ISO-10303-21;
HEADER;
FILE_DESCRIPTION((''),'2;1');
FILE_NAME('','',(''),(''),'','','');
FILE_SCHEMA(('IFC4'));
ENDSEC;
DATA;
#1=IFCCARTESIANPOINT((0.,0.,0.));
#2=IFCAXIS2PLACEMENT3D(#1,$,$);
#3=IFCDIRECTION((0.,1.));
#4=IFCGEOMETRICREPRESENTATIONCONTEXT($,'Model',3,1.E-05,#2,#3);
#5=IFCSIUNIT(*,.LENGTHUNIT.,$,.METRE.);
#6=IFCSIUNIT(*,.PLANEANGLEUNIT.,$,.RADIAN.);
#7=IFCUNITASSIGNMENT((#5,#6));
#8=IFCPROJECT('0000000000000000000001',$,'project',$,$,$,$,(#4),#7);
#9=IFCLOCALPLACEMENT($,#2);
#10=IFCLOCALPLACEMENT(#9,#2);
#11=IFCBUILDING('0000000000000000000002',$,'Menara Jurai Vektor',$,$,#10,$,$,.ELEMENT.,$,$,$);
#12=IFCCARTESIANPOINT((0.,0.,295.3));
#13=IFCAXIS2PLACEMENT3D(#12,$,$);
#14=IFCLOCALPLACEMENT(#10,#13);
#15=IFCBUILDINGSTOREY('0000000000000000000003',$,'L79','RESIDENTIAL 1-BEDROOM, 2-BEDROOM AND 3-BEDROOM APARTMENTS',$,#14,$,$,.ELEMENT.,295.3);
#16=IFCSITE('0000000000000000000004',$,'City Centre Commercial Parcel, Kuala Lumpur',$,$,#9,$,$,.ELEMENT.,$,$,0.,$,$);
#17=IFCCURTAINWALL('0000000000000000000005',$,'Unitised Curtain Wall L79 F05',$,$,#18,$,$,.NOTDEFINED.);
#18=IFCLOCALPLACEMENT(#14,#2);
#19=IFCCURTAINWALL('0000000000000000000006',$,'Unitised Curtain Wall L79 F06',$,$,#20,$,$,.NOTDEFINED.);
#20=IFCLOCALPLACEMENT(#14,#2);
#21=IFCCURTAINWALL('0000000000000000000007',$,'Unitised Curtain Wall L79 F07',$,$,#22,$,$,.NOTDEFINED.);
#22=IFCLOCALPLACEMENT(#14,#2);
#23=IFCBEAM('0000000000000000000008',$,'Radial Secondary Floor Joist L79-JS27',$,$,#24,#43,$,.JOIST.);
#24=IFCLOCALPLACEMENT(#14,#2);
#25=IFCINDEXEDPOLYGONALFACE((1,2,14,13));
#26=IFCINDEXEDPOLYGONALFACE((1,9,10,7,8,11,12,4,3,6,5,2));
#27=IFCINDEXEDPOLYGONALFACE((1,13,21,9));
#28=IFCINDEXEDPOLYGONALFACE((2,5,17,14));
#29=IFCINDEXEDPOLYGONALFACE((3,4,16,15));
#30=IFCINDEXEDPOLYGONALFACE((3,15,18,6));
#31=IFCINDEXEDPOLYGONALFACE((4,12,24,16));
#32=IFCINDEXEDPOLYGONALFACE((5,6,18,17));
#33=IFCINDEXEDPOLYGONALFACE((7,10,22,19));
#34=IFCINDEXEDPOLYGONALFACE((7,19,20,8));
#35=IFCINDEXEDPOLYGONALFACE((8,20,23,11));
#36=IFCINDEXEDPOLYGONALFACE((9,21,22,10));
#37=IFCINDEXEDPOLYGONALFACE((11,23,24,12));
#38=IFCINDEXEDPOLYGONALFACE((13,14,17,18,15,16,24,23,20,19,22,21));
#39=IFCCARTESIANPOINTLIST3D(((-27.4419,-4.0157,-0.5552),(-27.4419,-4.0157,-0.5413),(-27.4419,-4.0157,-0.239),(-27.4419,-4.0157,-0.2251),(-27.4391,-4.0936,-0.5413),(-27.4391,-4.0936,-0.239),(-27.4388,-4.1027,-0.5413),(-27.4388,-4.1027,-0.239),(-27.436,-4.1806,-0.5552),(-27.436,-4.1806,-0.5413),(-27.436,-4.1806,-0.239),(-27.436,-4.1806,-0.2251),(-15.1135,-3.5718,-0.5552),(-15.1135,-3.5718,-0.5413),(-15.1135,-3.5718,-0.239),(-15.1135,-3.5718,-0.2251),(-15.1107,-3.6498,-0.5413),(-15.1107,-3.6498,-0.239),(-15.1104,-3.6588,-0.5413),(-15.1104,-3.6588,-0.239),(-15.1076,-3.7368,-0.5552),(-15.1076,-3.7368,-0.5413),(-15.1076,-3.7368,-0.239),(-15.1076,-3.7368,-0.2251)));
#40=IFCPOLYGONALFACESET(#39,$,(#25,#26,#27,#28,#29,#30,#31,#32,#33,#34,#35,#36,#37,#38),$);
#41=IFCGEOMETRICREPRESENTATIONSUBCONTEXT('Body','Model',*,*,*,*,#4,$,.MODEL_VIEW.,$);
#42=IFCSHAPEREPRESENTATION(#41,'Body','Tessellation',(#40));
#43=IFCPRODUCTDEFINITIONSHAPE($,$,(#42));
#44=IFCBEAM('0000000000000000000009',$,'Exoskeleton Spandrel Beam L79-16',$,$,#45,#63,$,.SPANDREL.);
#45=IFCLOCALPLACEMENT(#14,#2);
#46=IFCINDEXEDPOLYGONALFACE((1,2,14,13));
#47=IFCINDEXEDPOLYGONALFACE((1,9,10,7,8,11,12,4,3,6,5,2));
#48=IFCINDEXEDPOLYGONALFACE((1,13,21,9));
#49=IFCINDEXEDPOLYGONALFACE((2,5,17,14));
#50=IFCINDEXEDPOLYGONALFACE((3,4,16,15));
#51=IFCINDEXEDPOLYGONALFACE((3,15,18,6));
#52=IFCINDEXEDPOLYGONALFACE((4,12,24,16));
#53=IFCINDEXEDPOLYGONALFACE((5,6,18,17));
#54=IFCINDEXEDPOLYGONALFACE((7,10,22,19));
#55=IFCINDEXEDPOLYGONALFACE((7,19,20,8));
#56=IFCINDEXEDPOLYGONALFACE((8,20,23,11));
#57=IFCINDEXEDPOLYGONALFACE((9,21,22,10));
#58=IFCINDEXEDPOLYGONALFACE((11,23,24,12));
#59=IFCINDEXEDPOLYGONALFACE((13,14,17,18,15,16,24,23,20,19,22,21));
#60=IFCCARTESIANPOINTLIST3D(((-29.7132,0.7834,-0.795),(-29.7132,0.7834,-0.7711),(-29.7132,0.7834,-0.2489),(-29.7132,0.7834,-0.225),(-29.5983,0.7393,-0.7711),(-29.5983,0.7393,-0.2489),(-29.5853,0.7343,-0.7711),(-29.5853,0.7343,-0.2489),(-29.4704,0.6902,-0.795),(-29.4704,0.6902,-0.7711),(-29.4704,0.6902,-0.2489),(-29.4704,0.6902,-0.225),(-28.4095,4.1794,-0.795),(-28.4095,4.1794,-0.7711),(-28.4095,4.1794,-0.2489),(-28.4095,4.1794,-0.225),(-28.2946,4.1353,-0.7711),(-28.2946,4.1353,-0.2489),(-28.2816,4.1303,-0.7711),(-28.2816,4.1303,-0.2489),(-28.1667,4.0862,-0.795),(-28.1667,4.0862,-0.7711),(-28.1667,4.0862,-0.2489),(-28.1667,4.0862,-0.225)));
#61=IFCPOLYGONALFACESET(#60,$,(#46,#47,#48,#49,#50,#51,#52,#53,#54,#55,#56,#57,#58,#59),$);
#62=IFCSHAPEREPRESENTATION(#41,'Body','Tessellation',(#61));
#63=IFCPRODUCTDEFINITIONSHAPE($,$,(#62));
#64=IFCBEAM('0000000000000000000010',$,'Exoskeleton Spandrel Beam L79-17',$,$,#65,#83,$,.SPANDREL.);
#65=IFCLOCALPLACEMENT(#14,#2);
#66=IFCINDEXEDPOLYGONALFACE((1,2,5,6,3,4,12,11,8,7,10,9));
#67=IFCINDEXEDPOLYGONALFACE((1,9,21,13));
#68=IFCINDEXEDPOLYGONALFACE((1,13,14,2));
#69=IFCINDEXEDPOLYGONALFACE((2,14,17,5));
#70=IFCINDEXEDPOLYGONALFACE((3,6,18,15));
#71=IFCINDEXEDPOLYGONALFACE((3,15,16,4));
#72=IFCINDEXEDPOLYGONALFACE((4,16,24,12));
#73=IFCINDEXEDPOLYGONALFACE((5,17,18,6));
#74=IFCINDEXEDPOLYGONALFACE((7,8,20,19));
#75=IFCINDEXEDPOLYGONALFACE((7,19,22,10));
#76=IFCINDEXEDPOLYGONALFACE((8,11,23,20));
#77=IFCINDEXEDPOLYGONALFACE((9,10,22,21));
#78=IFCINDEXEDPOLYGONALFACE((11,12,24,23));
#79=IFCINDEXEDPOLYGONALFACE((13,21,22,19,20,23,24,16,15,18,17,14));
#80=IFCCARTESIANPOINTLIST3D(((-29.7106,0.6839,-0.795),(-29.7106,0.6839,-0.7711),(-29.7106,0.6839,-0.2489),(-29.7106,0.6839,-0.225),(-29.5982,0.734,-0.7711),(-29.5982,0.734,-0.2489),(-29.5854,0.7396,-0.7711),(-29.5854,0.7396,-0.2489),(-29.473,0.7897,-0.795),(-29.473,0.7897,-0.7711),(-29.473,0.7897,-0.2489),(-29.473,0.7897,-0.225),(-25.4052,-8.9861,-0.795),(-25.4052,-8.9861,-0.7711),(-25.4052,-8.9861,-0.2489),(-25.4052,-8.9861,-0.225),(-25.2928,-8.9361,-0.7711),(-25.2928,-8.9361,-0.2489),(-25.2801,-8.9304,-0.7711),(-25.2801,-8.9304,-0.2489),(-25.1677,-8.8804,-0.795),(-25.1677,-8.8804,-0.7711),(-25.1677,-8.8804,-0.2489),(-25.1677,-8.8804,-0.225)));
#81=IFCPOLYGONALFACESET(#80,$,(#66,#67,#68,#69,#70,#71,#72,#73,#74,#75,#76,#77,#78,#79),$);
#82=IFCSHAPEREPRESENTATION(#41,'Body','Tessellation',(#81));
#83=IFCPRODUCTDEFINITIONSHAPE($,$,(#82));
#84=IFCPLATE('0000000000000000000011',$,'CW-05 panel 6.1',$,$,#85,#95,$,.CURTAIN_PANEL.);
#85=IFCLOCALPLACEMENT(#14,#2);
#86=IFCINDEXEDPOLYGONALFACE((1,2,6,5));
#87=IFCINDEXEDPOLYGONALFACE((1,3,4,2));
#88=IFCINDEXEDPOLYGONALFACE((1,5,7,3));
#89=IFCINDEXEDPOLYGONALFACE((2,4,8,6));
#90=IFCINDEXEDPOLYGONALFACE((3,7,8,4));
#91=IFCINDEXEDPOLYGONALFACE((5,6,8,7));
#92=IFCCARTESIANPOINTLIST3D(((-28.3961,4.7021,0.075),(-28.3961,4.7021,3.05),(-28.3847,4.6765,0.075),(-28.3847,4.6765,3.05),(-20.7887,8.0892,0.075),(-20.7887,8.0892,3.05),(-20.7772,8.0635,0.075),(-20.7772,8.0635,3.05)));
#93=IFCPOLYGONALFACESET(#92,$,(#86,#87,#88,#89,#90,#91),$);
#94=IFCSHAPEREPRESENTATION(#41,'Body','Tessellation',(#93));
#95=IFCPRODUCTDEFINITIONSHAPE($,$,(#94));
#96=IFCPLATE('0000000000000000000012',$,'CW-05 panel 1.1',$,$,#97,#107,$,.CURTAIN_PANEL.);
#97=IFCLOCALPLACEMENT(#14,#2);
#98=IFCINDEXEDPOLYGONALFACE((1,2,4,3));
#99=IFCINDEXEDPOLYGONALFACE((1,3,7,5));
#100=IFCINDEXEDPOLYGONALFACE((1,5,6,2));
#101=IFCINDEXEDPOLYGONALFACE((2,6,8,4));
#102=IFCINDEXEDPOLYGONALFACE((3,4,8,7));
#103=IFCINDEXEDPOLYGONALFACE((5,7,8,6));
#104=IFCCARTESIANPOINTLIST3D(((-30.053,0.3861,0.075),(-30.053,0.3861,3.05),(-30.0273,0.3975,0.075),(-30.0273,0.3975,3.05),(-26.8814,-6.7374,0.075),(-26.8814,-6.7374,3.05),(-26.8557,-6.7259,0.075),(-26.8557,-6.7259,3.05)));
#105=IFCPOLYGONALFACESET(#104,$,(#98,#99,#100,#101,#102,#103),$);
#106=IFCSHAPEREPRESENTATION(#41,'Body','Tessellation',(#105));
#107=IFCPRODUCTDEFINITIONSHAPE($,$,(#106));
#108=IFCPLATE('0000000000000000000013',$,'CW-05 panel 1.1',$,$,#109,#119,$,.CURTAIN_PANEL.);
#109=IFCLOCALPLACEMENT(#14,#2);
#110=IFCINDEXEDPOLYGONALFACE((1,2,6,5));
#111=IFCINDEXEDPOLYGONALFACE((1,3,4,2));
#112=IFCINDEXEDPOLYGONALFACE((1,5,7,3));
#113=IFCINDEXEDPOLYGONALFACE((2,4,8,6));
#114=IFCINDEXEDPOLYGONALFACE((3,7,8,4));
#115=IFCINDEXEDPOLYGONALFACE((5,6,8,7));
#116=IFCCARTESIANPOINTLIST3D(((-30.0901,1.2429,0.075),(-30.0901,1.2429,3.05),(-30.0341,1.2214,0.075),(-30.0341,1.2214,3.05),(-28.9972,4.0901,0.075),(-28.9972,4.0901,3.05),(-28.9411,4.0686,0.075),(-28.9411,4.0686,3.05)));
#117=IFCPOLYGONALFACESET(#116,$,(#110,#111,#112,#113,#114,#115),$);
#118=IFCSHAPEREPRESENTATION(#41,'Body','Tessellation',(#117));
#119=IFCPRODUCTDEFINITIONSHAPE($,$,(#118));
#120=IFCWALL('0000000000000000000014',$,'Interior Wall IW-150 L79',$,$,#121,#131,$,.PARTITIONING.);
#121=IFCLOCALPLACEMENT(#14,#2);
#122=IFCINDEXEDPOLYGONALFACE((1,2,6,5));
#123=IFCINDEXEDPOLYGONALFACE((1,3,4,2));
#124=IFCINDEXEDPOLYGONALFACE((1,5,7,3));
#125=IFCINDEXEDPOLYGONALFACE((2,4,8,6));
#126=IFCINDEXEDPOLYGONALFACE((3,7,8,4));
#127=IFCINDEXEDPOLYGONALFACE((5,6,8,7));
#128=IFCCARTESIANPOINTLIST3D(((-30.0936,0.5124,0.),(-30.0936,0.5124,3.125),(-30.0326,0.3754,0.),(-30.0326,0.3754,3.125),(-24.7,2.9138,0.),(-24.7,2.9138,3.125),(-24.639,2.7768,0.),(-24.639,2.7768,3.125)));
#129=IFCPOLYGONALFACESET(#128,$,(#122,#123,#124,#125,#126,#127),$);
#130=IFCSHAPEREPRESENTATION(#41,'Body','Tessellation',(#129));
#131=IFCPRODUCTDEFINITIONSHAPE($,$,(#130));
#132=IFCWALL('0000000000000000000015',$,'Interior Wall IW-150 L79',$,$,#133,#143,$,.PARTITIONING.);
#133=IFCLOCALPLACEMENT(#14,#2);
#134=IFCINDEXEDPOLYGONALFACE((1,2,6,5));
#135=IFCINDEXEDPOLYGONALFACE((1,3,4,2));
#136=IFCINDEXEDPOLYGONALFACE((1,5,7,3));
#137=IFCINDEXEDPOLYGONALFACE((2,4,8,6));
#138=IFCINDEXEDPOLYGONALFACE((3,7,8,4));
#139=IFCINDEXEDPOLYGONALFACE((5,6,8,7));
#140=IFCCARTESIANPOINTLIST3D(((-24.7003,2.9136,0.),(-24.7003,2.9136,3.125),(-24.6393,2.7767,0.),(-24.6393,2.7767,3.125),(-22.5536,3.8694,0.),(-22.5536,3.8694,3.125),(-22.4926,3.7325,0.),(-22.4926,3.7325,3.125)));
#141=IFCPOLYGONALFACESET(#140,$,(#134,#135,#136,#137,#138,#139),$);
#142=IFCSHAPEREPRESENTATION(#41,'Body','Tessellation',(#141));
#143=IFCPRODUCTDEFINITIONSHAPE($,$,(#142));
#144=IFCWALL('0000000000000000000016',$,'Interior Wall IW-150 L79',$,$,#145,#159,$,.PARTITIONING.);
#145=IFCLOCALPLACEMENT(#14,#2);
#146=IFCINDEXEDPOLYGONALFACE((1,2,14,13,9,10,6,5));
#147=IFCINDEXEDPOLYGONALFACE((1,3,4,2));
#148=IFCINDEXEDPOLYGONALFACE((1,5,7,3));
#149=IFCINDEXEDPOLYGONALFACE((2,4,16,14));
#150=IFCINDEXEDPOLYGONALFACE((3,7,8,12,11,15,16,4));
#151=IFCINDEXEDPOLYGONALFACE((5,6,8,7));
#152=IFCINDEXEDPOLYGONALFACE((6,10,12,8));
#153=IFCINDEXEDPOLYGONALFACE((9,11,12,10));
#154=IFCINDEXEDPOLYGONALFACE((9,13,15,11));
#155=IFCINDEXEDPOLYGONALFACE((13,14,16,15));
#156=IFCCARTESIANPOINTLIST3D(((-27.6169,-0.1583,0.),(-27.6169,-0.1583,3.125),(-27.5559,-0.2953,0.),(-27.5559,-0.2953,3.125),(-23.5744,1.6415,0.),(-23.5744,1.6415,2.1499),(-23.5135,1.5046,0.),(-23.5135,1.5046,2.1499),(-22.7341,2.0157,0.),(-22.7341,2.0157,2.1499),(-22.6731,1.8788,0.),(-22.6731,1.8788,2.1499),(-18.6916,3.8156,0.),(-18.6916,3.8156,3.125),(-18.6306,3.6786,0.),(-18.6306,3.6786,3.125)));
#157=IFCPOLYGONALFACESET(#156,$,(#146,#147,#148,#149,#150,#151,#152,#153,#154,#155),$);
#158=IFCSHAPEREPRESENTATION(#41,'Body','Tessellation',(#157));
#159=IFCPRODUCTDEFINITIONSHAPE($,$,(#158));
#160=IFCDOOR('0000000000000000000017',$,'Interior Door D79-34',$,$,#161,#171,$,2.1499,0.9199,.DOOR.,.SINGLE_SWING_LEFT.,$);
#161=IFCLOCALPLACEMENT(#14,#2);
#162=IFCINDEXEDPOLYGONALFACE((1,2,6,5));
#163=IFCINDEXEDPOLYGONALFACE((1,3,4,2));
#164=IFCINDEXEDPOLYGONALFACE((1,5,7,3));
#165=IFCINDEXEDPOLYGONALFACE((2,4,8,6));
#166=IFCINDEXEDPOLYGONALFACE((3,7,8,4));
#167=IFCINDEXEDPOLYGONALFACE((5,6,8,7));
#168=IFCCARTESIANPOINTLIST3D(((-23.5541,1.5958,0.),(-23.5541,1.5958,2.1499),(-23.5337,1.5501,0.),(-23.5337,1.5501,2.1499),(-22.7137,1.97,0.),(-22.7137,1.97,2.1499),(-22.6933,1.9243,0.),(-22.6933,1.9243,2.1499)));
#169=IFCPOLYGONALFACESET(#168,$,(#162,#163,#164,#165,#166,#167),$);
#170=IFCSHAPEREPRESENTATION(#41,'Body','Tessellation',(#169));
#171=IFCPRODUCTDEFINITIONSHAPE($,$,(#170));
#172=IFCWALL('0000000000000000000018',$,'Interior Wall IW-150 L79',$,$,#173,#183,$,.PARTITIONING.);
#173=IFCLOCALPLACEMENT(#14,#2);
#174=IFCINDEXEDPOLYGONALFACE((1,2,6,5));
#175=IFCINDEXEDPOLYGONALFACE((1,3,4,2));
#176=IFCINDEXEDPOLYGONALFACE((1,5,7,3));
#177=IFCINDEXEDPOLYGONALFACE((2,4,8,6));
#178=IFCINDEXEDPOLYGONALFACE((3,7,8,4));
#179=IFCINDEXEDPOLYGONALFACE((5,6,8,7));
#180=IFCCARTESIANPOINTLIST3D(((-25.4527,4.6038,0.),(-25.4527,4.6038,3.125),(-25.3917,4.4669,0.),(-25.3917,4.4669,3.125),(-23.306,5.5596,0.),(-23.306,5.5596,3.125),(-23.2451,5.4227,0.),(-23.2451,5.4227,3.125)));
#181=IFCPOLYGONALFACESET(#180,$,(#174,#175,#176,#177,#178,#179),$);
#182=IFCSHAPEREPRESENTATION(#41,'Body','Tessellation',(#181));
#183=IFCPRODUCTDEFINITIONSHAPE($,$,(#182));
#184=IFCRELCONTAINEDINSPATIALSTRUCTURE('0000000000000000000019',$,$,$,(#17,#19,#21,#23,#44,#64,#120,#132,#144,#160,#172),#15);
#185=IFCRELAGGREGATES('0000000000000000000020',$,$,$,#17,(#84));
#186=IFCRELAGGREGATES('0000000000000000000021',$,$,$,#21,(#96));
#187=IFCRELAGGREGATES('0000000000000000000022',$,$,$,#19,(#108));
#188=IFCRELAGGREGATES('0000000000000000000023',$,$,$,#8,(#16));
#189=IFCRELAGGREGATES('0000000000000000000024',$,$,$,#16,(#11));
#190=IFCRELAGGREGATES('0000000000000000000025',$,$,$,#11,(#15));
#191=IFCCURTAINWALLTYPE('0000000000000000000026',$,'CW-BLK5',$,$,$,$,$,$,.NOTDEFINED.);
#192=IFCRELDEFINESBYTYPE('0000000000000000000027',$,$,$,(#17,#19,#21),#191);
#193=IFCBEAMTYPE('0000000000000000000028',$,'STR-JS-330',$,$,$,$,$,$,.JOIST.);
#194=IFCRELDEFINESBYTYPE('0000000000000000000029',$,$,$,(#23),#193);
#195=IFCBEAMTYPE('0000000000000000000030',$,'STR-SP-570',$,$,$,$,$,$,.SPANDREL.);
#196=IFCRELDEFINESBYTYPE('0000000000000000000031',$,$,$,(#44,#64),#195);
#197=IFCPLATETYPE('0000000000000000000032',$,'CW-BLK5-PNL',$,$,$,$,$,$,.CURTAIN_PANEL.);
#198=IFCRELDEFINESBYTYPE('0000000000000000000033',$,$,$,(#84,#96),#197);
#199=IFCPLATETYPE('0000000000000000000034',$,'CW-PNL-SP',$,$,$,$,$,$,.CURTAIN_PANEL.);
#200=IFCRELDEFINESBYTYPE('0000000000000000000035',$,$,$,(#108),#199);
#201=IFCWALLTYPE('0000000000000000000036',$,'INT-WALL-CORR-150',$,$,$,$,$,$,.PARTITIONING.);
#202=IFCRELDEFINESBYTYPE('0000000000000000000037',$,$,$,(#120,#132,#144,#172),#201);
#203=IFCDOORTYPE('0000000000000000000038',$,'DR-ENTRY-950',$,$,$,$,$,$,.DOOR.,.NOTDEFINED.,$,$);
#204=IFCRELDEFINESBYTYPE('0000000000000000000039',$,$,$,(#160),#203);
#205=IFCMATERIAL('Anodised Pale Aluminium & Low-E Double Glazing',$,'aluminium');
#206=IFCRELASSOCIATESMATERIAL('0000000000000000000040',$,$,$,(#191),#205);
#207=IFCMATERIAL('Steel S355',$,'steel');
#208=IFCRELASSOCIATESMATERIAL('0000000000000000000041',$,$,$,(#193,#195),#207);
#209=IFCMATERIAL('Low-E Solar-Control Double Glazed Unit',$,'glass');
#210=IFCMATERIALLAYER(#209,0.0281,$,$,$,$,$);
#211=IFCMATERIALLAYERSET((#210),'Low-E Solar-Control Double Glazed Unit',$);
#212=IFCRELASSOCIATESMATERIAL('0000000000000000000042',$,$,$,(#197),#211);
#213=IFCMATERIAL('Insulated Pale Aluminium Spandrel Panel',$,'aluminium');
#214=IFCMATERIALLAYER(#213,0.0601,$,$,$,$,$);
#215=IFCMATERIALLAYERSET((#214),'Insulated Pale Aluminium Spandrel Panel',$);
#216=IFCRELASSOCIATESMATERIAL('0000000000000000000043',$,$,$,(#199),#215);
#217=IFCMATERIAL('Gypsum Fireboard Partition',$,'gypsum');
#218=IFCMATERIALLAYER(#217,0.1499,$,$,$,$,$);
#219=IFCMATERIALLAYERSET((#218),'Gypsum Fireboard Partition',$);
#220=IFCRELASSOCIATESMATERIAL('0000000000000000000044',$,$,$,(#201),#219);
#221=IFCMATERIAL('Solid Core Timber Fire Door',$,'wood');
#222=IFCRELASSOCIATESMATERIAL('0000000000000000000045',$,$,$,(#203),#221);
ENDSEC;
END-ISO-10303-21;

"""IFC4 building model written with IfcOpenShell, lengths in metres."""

from ifc_helpers import new_model, si_unit, direction, frame, frame_2d, origin, origin_2d, place, context, subcontext, project, spatial, rectangle, i_section, extrude, material, layer, layer_set, material_profile, profile_set, type_object, element, fill, aggregate, save


model = new_model("IFC4")

# Units and contexts
model_context = context("Model", 3, precision=1e-05, world=origin(), true_north=direction((0.0, 1.0)))
body_context = subcontext(model_context, "Body", "Model", "MODEL_VIEW")
ifc_project = project(units=[si_unit("LENGTHUNIT", "METRE"), si_unit("PLANEANGLEUNIT", "RADIAN")], contexts=[model_context])

# Site, building, storey
site_placement = place(None, origin())
site = spatial("IfcSite", under=ifc_project, at=site_placement, Name="City Centre Commercial Parcel, Kuala Lumpur", CompositionType="ELEMENT", RefElevation=0.0)
building_placement = place(site_placement, origin())
building = spatial("IfcBuilding", under=site, at=building_placement, Name="Menara Jurai Vektor", CompositionType="ELEMENT")
storey_placement = place(building_placement, frame((0.0, 0.0, 295.3)))
storey = spatial("IfcBuildingStorey", under=building, at=storey_placement, Name="L79", Description="RESIDENTIAL 1-BEDROOM, 2-BEDROOM AND 3-BEDROOM APARTMENTS", CompositionType="ELEMENT", Elevation=295.3)

# Curtain wall
ifc_material_1 = material(Name="Anodised Pale Aluminium & Low-E Double Glazing", Category="aluminium")
curtain_wall_type = type_object("IfcCurtainWallType", Name="CW-BLK5", PredefinedType="NOTDEFINED", material=ifc_material_1)
curtain_wall_1_placement = place(storey_placement, origin())
curtain_wall_1 = element("IfcCurtainWall", 1, at=curtain_wall_1_placement, inside=storey, type_object=curtain_wall_type, Name="Unitised Curtain Wall L79 F05", PredefinedType="NOTDEFINED")

# Curtain wall
curtain_wall_2_placement = place(storey_placement, origin())
curtain_wall_2 = element("IfcCurtainWall", 2, at=curtain_wall_2_placement, inside=storey, type_object=curtain_wall_type, Name="Unitised Curtain Wall L79 F06", PredefinedType="NOTDEFINED")

# Curtain wall
curtain_wall_3_placement = place(storey_placement, origin())
curtain_wall_3 = element("IfcCurtainWall", 3, at=curtain_wall_3_placement, inside=storey, type_object=curtain_wall_type, Name="Unitised Curtain Wall L79 F07", PredefinedType="NOTDEFINED")

# Shared definitions
ifc_material_2 = material(Name="Steel S355", Category="steel")

# Beams
ifc_material_profile_1 = material_profile(ifc_material_2, i_section(OverallWidth=0.165, OverallDepth=0.3301, WebThickness=0.009, FlangeThickness=0.0139, at=origin_2d()), Name="PG 330x165x46")
ifc_profile_set_1 = profile_set([ifc_material_profile_1], Name="Steel S355")
beam_type_1 = type_object("IfcBeamType", Name="STR-JS-330", PredefinedType="JOIST", material=ifc_profile_set_1)
beam_1_placement = place(storey_placement, frame((-27.439, -4.0981, -0.3901), z_axis=(0.999353, 0.035979, 0.0), x_axis=(-0.035979, 0.999353, 0.0)))
element("IfcBeam", 4, at=beam_1_placement, inside=storey, type_object=beam_type_1, Name="Radial Secondary Floor Joist L79-JS27", PredefinedType="JOIST", context=body_context, shape_type="SweptSolid", body=[
    extrude(i_section(OverallWidth=0.165, OverallDepth=0.3301, WebThickness=0.009, FlangeThickness=0.0139, at=origin_2d()), origin(), (0.0, 0.0, 1.0), 12.3364),
])
ifc_material_profile_2 = material_profile(ifc_material_2, i_section(OverallWidth=0.26, OverallDepth=0.5701, WebThickness=0.0139, FlangeThickness=0.0239, at=origin_2d()), Name="PG 570x260x145")
ifc_profile_set_2 = profile_set([ifc_material_profile_2], Name="Steel S355")
beam_type_2 = type_object("IfcBeamType", Name="STR-SP-570", PredefinedType="SPANDREL", material=ifc_profile_set_2)
beam_2_placement = place(storey_placement, frame((-28.2881, 4.1328, -0.51), z_axis=(-0.358394, -0.93357, 0.0), x_axis=(0.93357, -0.358394, 0.0)))
element("IfcBeam", 5, at=beam_2_placement, inside=storey, type_object=beam_type_2, Name="Exoskeleton Spandrel Beam L79-16", PredefinedType="SPANDREL", context=body_context, shape_type="SweptSolid", body=[
    extrude(i_section(OverallWidth=0.26, OverallDepth=0.5701, WebThickness=0.0139, FlangeThickness=0.0239, at=origin_2d()), origin(), (0.0, 0.0, 1.0), 3.6377),
])
beam_3_placement = place(storey_placement, frame((-29.5918, 0.7368, -0.51), z_axis=(0.406735, -0.913546, 0.0), x_axis=(0.913546, 0.406735, 0.0)))
element("IfcBeam", 6, at=beam_3_placement, inside=storey, type_object=beam_type_2, Name="Exoskeleton Spandrel Beam L79-17", PredefinedType="SPANDREL", context=body_context, shape_type="SweptSolid", body=[
    extrude(i_section(OverallWidth=0.26, OverallDepth=0.5701, WebThickness=0.0139, FlangeThickness=0.0239, at=origin_2d()), origin(), (0.0, 0.0, 1.0), 10.5852),
])

# Plates
ifc_material_3 = material(Name="Low-E Solar-Control Double Glazed Unit", Category="glass")
ifc_layer_1 = layer(ifc_material_3, 0.0281)
ifc_layer_set_1 = layer_set([ifc_layer_1], Name="Low-E Solar-Control Double Glazed Unit")
plate_type_1 = type_object("IfcPlateType", Name="CW-BLK5-PNL", PredefinedType="CURTAIN_PANEL", material=ifc_layer_set_1)
plate_1_placement = place(storey_placement, frame((-24.5867, 6.3828, 0.075), z_axis=(0.0, 0.0, 1.0), x_axis=(-0.913546, -0.406735, 0.0)))
plate_1 = element("IfcPlate", 7, at=plate_1_placement, type_object=plate_type_1, Name="CW-05 panel 6.1", PredefinedType="CURTAIN_PANEL", context=body_context, shape_type="SweptSolid", body=[
    extrude(rectangle(XDim=8.3274, YDim=0.0281, at=origin_2d()), origin(), (0.0, 0.0, 1.0), 2.9751),
])
aggregate(curtain_wall_1, [plate_1])
plate_2_placement = place(storey_placement, frame((-28.4543, -3.1699, 0.075), z_axis=(0.0, 0.0, 1.0), x_axis=(0.406735, -0.913546, 0.0)))
plate_2 = element("IfcPlate", 8, at=plate_2_placement, type_object=plate_type_1, Name="CW-05 panel 1.1", PredefinedType="CURTAIN_PANEL", context=body_context, shape_type="SweptSolid", body=[
    extrude(rectangle(XDim=7.7976, YDim=0.0281, at=origin_2d()), origin(), (0.0, 0.0, 1.0), 2.9751),
])
aggregate(curtain_wall_3, [plate_2])
ifc_material_4 = material(Name="Insulated Pale Aluminium Spandrel Panel", Category="aluminium")
ifc_layer_2 = layer(ifc_material_4, 0.0601)
ifc_layer_set_2 = layer_set([ifc_layer_2], Name="Insulated Pale Aluminium Spandrel Panel")
plate_type_2 = type_object("IfcPlateType", Name="CW-PNL-SP", PredefinedType="CURTAIN_PANEL", material=ifc_layer_set_2)
plate_3_placement = place(storey_placement, frame((-29.5156, 2.6558, 0.075), z_axis=(0.0, 0.0, 1.0), x_axis=(-0.358374, -0.933578, 0.0)))
plate_3 = element("IfcPlate", 9, at=plate_3_placement, type_object=plate_type_2, Name="CW-05 panel 1.1", PredefinedType="CURTAIN_PANEL", context=body_context, shape_type="SweptSolid", body=[
    extrude(rectangle(XDim=3.0498, YDim=0.0601, at=origin_2d()), origin(), (0.0, 0.0, 1.0), 2.9751),
])
aggregate(curtain_wall_2, [plate_3])

# Walls
ifc_material_5 = material(Name="Gypsum Fireboard Partition", Category="gypsum")
ifc_layer_3 = layer(ifc_material_5, 0.1499)
ifc_layer_set_3 = layer_set([ifc_layer_3], Name="Gypsum Fireboard Partition")
wall_type = type_object("IfcWallType", Name="INT-WALL-CORR-150", PredefinedType="PARTITIONING", material=ifc_layer_set_3)
wall_1_placement = place(storey_placement, frame((-30.0632, 0.4438, 0.0), z_axis=(0.0, 0.0, 1.0), x_axis=(0.913545, 0.406737, 0.0)))
element("IfcWall", 10, at=wall_1_placement, inside=storey, type_object=wall_type, Name="Interior Wall IW-150 L79", PredefinedType="PARTITIONING", context=body_context, shape_type="SweptSolid", body=[
    extrude(rectangle(XDim=5.9041, YDim=0.1499, at=frame_2d((2.9521, 0.0))), origin(), (0.0, 0.0, 1.0), 3.125),
])
wall_2_placement = place(storey_placement, frame((-24.6697, 2.8452, 0.0), z_axis=(0.0, 0.0, 1.0), x_axis=(0.913541, 0.406746, 0.0)))
element("IfcWall", 11, at=wall_2_placement, inside=storey, type_object=wall_type, Name="Interior Wall IW-150 L79", PredefinedType="PARTITIONING", context=body_context, shape_type="SweptSolid", body=[
    extrude(rectangle(XDim=2.3499, YDim=0.1499, at=frame_2d((1.1748, 0.0))), origin(), (0.0, 0.0, 1.0), 3.125),
])

# Wall, opening, door
wall_3_placement = place(storey_placement, frame((-27.5864, -0.2268, 0.0), z_axis=(0.0, 0.0, 1.0), x_axis=(0.913542, 0.406744, 0.0)))
wall_3 = element("IfcWall", 12, at=wall_3_placement, inside=storey, type_object=wall_type, Name="Interior Wall IW-150 L79", PredefinedType="PARTITIONING", context=body_context, shape_type="SweptSolid", body=[
    extrude(rectangle(XDim=9.77, YDim=0.1499, at=frame_2d((4.885, 0.0))), origin(), (0.0, 0.0, 1.0), 3.125),
])
opening_1_placement = place(wall_3_placement, frame((4.425, 0.0, 0.0)))
opening_1 = element("IfcOpeningElement", 13, at=opening_1_placement, cuts=wall_3, PredefinedType="OPENING", context=body_context, shape_type="SweptSolid", body=[
    extrude(rectangle(XDim=0.9199, YDim=2.1499, at=frame_2d((0.46, 1.075))), frame((0.0, 0.085, 0.0), z_axis=(0.0, -1.0, 0.0), x_axis=(1.0, 0.0, 0.0)), (0.0, 0.0, 1.0), 0.1699),
])
ifc_material_6 = material(Name="Solid Core Timber Fire Door", Category="wood")
door_type_1 = type_object("IfcDoorType", Name="DR-ENTRY-950", OperationType="NOTDEFINED", PredefinedType="DOOR", material=ifc_material_6)
door_1_placement = place(opening_1_placement, origin())
door_1 = element("IfcDoor", 14, at=door_1_placement, inside=storey, type_object=door_type_1, Name="Interior Door D79-34", OperationType="SINGLE_SWING_LEFT", OverallHeight=2.1499, OverallWidth=0.9199, PredefinedType="DOOR", context=body_context, shape_type="SweptSolid", body=[
    extrude(rectangle(XDim=0.9199, YDim=2.1499, at=frame_2d((0.46, 1.075))), frame((0.0, 0.0249, 0.0), z_axis=(0.0, -1.0, 0.0), x_axis=(1.0, 0.0, 0.0)), (0.0, 0.0, 1.0), 0.05),
])
fill(opening_1, door_1)

# Wall
wall_4_placement = place(storey_placement, frame((-25.4221, 4.5354, 0.0), z_axis=(0.0, 0.0, 1.0), x_axis=(0.913541, 0.406746, 0.0)))
element("IfcWall", 15, at=wall_4_placement, inside=storey, type_object=wall_type, Name="Interior Wall IW-150 L79", PredefinedType="PARTITIONING", context=body_context, shape_type="SweptSolid", body=[
    extrude(rectangle(XDim=2.3499, YDim=0.1499, at=frame_2d((1.1748, 0.0))), origin(), (0.0, 0.0, 1.0), 3.125),
])

save(model, "model.ifc")
